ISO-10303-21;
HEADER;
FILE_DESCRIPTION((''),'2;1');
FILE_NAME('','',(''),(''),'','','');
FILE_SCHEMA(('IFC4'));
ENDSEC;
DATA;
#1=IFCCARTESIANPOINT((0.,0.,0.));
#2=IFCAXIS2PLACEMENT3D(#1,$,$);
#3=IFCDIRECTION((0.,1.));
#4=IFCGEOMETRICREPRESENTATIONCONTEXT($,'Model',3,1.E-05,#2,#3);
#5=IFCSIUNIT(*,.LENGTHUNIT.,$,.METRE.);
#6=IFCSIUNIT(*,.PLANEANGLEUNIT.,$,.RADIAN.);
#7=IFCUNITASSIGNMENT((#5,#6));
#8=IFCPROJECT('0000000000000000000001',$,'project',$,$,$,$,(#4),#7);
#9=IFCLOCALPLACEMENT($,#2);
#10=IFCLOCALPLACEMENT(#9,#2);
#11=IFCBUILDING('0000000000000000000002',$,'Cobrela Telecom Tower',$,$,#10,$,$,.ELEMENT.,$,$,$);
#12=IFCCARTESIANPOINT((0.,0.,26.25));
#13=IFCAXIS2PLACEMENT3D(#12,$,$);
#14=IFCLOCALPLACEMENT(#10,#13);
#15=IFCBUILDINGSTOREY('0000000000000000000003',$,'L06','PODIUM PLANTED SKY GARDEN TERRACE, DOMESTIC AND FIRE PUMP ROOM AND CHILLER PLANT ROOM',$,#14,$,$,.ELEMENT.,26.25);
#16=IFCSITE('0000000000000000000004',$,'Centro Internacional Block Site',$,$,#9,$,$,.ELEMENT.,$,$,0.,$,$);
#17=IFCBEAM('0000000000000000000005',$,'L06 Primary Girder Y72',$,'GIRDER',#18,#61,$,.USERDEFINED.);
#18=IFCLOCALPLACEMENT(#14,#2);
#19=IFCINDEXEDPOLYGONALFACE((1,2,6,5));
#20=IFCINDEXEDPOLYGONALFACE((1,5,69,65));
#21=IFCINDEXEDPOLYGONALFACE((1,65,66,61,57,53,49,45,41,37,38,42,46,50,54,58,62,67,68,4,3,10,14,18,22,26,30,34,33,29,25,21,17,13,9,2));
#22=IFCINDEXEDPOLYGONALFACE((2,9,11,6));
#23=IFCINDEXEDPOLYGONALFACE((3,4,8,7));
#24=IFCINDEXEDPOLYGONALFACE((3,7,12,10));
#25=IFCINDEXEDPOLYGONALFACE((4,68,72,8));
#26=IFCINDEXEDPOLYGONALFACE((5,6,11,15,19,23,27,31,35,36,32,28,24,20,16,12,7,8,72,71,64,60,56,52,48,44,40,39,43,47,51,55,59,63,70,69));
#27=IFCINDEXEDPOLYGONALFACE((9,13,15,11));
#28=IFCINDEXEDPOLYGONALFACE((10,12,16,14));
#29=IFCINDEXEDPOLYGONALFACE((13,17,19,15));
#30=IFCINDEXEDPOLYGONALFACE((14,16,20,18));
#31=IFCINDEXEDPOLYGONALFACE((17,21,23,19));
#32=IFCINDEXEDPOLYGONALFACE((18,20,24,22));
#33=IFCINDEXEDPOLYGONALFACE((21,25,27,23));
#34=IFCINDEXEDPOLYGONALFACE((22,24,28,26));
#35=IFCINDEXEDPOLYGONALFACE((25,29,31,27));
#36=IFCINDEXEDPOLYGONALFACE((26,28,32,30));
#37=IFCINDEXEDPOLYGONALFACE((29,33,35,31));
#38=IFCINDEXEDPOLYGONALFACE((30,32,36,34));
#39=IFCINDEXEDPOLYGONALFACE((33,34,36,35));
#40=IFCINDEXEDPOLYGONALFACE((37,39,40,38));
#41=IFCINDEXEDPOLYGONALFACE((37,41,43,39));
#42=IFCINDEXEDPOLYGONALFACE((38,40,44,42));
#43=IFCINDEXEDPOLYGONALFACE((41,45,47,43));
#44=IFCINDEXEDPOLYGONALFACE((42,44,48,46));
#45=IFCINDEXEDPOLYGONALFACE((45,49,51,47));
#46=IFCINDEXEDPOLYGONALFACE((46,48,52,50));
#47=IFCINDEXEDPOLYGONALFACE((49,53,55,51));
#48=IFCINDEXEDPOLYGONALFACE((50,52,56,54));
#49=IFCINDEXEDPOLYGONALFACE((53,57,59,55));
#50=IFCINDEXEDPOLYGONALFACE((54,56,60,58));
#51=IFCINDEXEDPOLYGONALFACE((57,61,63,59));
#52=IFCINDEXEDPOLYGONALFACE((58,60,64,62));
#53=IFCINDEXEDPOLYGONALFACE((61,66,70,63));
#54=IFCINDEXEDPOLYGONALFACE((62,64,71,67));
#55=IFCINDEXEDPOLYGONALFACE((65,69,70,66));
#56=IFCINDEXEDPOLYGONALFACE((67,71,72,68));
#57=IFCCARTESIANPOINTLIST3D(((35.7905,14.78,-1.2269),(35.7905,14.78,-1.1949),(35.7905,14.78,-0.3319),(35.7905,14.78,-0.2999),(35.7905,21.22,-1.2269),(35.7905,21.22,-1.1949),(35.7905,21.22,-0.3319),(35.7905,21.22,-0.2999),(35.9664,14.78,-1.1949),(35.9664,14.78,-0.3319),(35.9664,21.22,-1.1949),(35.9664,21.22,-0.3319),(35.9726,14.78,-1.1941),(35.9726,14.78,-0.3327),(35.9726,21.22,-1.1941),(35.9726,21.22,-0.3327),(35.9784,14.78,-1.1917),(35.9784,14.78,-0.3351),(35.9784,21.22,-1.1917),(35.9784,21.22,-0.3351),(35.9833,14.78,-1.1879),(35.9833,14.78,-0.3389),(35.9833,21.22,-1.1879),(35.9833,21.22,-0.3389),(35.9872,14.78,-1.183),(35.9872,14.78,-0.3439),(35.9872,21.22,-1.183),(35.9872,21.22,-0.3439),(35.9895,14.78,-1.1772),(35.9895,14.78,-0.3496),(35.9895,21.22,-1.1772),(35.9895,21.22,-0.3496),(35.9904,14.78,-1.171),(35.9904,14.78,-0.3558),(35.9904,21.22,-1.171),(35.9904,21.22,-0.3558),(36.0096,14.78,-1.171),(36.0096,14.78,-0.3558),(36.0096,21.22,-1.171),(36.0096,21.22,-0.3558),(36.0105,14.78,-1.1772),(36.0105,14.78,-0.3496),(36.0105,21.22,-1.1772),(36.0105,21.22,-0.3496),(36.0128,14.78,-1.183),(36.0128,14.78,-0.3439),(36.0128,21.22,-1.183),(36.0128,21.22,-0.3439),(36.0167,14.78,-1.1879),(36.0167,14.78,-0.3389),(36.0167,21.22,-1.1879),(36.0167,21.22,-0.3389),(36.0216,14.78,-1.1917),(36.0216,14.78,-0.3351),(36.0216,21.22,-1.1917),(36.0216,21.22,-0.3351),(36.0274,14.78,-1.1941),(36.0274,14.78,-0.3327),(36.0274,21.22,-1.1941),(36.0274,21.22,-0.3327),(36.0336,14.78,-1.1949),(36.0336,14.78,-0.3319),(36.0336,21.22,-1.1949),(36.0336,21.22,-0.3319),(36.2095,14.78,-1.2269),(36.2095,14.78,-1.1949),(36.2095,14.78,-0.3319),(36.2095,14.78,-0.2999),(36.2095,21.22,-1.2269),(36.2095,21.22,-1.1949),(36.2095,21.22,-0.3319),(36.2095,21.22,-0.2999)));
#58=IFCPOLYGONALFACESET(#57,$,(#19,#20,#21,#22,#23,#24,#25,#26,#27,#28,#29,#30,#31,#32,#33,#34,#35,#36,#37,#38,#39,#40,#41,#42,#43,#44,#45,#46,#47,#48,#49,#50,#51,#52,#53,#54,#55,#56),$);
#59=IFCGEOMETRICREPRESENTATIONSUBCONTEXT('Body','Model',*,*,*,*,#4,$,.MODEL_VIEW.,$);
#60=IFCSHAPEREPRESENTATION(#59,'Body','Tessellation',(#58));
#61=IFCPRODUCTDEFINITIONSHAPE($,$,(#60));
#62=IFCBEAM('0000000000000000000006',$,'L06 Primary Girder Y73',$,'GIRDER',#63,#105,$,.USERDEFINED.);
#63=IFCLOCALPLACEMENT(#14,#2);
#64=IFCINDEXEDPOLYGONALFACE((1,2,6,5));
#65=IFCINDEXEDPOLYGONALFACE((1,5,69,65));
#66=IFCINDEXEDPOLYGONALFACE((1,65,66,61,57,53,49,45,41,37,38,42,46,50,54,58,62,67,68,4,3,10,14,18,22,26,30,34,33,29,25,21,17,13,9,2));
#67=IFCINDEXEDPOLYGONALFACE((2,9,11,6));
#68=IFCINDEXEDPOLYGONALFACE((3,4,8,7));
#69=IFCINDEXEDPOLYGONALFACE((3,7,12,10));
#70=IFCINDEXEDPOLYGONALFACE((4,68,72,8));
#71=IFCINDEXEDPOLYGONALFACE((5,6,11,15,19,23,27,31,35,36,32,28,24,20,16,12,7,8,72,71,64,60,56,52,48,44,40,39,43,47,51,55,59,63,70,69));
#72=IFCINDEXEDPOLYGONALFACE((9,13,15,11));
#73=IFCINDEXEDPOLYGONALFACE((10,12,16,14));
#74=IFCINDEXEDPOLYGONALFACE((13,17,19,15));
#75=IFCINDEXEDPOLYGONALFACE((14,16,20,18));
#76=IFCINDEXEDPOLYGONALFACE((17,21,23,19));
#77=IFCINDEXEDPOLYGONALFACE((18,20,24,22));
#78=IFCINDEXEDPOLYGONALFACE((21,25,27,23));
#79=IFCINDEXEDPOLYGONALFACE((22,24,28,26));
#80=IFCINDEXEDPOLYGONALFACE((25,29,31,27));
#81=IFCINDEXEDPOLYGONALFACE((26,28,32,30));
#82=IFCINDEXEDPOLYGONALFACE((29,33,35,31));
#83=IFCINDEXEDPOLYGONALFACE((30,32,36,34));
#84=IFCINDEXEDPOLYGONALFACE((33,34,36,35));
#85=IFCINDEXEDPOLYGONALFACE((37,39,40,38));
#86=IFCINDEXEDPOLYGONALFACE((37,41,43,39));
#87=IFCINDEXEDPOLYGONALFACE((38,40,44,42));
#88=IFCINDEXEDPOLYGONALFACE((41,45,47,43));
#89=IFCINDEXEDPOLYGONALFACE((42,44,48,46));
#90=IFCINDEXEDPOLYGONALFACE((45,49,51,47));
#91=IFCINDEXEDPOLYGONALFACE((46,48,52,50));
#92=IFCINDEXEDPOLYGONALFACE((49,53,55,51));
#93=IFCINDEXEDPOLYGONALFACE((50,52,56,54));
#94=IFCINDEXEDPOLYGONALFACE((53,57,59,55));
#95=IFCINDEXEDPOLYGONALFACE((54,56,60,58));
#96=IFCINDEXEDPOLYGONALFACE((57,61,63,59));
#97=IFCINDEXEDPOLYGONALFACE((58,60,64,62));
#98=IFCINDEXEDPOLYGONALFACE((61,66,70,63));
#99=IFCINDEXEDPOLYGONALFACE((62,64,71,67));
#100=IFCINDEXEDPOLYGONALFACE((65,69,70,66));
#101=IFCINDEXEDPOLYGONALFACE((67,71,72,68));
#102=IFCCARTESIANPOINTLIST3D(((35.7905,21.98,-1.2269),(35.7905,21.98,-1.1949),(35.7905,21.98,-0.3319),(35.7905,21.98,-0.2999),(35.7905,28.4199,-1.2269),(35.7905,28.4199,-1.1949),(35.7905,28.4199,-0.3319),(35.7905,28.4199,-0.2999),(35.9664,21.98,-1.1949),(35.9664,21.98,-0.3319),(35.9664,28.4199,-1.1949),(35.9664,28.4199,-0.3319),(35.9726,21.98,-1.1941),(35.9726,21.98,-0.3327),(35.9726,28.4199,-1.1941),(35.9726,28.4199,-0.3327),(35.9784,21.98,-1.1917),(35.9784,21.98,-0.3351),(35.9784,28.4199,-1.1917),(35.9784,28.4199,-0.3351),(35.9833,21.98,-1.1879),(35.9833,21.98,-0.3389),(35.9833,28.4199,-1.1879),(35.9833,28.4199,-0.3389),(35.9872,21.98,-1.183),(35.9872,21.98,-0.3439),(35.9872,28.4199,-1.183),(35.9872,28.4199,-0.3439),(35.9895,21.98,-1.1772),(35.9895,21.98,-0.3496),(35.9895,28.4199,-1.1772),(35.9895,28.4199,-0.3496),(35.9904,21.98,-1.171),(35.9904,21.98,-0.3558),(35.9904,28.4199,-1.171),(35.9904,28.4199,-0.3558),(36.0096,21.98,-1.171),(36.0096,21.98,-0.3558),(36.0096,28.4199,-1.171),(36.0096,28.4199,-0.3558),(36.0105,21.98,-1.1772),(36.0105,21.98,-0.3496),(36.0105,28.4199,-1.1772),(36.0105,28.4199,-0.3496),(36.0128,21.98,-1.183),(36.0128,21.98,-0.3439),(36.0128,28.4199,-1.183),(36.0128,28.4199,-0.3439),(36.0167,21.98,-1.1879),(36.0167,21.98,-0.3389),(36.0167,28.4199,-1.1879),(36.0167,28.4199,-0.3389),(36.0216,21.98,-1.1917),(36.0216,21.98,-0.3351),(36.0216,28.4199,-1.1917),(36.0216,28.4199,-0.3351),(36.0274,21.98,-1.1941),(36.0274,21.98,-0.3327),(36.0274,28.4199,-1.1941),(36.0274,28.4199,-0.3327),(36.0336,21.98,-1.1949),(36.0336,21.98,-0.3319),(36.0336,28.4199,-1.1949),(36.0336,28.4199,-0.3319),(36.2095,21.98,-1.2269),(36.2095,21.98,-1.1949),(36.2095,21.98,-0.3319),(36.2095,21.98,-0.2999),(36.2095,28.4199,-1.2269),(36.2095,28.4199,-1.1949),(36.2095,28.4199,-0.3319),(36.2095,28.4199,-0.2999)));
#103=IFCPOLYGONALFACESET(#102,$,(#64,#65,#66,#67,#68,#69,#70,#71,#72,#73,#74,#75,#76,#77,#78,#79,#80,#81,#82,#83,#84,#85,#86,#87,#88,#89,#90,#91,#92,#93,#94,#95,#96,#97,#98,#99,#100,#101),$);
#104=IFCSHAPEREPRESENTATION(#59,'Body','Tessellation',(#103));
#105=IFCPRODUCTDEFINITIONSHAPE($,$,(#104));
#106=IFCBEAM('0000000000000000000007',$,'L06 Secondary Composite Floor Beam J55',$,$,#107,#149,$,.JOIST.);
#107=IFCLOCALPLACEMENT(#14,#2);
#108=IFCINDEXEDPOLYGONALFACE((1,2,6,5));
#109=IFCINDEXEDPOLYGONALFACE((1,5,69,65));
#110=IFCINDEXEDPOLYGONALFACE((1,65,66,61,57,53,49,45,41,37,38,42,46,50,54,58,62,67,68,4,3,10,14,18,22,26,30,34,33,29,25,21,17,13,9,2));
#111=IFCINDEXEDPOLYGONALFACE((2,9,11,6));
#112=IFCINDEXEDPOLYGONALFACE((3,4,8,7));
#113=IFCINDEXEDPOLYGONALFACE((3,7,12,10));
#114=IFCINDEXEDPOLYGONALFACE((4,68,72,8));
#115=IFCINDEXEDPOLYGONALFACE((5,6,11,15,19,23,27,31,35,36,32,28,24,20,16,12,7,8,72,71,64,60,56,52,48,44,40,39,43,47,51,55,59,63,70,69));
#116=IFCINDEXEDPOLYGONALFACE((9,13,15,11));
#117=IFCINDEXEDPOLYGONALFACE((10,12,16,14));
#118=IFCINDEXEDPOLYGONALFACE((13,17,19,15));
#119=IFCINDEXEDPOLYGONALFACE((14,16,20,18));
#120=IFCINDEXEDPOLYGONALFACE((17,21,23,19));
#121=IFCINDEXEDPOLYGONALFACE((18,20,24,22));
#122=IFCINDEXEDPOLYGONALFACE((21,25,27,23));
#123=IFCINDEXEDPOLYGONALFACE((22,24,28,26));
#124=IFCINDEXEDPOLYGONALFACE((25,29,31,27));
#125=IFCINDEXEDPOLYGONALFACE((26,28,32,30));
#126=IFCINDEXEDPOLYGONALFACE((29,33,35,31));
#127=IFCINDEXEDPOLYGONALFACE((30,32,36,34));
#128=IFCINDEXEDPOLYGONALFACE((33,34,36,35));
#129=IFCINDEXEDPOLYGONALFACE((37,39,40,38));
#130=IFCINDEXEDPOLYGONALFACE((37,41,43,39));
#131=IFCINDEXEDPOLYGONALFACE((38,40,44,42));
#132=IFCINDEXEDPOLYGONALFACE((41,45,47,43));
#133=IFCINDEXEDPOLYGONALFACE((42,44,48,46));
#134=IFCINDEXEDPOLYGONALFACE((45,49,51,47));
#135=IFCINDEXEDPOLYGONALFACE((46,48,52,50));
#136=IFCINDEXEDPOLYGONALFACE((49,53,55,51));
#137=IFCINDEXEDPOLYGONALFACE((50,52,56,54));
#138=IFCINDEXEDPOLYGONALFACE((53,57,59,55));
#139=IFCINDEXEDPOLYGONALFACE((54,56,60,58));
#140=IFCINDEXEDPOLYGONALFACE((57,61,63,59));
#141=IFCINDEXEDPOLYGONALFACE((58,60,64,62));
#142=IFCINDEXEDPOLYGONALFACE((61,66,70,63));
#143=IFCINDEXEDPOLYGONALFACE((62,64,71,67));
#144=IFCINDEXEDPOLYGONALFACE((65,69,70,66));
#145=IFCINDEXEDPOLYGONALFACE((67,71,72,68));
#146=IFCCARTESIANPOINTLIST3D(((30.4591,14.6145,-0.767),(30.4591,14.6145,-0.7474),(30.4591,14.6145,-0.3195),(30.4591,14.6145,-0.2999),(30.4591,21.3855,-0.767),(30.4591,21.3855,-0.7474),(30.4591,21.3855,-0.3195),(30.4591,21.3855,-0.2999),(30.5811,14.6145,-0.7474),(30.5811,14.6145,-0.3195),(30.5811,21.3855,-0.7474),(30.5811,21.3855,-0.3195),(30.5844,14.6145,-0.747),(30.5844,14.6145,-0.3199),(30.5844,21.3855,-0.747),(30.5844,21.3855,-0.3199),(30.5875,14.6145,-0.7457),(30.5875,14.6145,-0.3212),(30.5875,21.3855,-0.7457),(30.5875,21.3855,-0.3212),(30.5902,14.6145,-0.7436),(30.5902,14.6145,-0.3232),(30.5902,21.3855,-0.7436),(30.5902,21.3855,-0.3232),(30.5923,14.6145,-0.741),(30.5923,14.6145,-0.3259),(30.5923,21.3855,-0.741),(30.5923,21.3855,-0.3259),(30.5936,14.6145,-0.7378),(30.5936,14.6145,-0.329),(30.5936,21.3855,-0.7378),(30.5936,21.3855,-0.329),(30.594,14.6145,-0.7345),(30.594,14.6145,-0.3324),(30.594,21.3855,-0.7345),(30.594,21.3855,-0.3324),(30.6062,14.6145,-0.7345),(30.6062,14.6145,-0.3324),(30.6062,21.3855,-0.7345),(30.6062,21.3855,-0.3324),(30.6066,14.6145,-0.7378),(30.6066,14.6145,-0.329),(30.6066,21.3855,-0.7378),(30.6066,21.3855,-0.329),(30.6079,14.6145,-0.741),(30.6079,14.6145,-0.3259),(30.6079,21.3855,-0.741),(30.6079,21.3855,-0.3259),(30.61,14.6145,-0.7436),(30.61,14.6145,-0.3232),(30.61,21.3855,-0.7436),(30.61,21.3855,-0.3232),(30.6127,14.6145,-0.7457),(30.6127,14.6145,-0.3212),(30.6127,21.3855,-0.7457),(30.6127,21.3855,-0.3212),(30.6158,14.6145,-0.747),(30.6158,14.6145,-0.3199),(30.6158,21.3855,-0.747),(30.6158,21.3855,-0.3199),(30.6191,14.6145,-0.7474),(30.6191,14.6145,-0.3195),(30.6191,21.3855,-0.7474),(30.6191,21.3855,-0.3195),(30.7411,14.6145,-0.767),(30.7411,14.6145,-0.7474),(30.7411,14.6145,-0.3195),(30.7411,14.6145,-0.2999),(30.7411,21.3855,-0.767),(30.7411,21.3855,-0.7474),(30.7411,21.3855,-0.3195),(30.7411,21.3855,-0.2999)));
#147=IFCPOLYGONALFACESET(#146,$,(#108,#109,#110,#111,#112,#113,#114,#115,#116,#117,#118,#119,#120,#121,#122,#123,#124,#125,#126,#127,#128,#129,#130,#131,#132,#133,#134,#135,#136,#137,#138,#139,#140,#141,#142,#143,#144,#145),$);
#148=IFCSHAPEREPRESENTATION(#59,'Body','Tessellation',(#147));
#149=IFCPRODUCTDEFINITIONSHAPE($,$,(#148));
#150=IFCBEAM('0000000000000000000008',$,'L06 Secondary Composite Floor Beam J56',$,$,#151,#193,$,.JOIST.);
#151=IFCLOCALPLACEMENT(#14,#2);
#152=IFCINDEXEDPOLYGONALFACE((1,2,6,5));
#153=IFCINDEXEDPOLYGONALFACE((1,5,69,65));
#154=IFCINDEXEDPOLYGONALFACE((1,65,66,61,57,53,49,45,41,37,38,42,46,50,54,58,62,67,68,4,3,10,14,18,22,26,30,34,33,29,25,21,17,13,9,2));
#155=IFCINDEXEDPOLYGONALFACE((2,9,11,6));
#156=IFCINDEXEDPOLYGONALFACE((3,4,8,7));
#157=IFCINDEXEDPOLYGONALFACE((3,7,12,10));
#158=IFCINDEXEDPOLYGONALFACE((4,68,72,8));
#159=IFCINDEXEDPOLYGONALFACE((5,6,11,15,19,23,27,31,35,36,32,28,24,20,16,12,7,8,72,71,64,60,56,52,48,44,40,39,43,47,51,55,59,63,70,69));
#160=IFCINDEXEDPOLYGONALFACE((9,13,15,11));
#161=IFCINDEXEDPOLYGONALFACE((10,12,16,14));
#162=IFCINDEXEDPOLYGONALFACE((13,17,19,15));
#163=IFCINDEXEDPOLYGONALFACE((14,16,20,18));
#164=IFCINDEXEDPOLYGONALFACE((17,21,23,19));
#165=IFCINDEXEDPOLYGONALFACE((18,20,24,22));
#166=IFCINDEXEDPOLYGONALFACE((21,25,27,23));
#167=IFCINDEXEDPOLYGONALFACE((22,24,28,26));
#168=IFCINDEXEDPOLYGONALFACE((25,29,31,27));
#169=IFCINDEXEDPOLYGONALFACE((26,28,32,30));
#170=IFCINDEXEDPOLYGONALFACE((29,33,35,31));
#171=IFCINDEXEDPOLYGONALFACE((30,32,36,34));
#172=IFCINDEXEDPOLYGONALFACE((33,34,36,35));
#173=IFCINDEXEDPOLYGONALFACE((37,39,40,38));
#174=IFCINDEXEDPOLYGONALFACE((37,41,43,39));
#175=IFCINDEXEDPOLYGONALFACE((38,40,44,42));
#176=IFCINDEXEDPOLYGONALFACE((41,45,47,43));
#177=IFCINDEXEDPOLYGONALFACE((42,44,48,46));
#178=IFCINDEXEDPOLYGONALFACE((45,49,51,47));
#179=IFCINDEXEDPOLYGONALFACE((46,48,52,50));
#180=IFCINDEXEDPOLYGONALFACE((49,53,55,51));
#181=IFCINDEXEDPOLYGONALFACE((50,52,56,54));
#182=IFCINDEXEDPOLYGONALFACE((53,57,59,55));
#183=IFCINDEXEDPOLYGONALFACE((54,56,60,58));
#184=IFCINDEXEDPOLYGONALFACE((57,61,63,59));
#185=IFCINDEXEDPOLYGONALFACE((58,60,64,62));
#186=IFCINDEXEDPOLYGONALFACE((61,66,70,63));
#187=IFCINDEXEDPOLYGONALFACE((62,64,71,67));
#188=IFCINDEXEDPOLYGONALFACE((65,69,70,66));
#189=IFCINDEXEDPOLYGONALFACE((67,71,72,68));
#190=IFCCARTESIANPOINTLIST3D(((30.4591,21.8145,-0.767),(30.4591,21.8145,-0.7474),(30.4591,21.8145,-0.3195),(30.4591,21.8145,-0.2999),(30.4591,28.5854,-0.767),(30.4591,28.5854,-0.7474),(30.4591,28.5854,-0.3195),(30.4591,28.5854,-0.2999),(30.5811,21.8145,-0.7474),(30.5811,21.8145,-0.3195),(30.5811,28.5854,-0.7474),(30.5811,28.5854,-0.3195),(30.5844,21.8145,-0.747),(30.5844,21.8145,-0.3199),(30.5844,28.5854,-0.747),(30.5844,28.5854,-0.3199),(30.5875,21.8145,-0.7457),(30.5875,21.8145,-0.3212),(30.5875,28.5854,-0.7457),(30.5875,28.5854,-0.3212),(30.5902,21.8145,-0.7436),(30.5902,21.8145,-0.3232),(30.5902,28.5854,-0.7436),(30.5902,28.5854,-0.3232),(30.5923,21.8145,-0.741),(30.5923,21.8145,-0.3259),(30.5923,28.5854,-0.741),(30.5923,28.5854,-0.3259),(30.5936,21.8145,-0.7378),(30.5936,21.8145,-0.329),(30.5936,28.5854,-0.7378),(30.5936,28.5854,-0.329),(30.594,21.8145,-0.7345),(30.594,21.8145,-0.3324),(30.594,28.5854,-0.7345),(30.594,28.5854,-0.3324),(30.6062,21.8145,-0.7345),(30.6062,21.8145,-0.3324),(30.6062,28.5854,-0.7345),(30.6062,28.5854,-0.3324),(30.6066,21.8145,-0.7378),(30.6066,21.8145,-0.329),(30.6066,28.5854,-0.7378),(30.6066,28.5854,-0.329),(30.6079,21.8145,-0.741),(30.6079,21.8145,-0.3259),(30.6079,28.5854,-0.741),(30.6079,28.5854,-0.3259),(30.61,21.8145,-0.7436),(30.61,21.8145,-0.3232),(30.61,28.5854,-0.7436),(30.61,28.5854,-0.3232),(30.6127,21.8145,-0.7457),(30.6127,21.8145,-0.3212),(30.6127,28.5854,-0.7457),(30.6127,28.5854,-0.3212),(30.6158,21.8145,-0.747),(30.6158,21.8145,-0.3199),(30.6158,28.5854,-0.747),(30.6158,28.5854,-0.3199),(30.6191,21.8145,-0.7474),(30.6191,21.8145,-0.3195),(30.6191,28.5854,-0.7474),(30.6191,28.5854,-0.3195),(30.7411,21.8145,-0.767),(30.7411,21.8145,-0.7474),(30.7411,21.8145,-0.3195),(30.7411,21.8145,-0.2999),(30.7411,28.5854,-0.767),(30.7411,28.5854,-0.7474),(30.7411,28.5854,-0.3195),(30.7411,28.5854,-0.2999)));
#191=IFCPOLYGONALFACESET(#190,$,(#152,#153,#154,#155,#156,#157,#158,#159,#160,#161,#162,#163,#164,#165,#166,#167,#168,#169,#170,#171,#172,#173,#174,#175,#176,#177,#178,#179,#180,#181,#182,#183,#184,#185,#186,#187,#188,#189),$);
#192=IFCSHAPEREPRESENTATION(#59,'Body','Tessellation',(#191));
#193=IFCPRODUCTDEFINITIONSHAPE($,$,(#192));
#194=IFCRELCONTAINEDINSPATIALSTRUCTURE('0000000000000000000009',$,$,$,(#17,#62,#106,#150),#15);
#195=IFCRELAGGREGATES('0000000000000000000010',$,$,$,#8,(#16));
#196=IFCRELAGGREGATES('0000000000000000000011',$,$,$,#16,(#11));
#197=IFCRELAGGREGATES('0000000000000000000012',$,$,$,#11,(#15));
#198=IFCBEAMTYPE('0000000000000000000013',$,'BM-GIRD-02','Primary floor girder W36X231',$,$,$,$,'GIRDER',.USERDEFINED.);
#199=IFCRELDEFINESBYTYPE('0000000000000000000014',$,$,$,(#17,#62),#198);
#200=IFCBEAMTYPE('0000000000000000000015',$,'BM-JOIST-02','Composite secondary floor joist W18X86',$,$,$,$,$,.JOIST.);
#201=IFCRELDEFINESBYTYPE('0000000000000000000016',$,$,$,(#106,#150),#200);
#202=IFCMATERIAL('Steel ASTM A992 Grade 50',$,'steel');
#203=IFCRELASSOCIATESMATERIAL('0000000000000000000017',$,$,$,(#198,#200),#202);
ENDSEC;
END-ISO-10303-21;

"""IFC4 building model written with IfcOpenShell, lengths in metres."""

from ifc_helpers import new_model, si_unit, direction, frame, origin, origin_2d, place, context, subcontext, project, spatial, i_section, extrude, material, material_profile, profile_set, type_object, element, save


model = new_model("IFC4")

# Units and contexts
model_context = context("Model", 3, precision=1e-05, world=origin(), true_north=direction((0.0, 1.0)))
body_context = subcontext(model_context, "Body", "Model", "MODEL_VIEW")
ifc_project = project(units=[si_unit("LENGTHUNIT", "METRE"), si_unit("PLANEANGLEUNIT", "RADIAN")], contexts=[model_context])

# Site, building, storey
site_placement = place(None, origin())
site = spatial("IfcSite", under=ifc_project, at=site_placement, Name="Centro Internacional Block Site", CompositionType="ELEMENT", RefElevation=0.0)
building_placement = place(site_placement, origin())
building = spatial("IfcBuilding", under=site, at=building_placement, Name="Cobrela Telecom Tower", CompositionType="ELEMENT")
storey_placement = place(building_placement, frame((0.0, 0.0, 26.25)))
storey = spatial("IfcBuildingStorey", under=building, at=storey_placement, Name="L06", Description="PODIUM PLANTED SKY GARDEN TERRACE, DOMESTIC AND FIRE PUMP ROOM AND CHILLER PLANT ROOM", CompositionType="ELEMENT", Elevation=26.25)

# Beams
ifc_material_1 = material(Name="Steel ASTM A992 Grade 50", Category="steel")
ifc_material_profile_1 = material_profile(ifc_material_1, i_section(OverallWidth=0.4189, OverallDepth=0.927, WebThickness=0.0193, FlangeThickness=0.032, FilletRadius=0.0239, at=origin_2d()), Name="W36X231")
ifc_profile_set_1 = profile_set([ifc_material_profile_1], Name="Steel ASTM A992 Grade 50")
beam_type_1 = type_object("IfcBeamType", Name="BM-GIRD-02", Description="Primary floor girder W36X231", ElementType="GIRDER", PredefinedType="USERDEFINED", material=ifc_profile_set_1)
for number, where, z_axis, x_axis, name in (
    (1, (36.0, 14.78, -0.7634), (0.0, 1.0, 0.0), (-1.0, 0.0, 0.0), "L06 Primary Girder Y72"),
    (2, (36.0, 21.98, -0.7634), (0.0, 1.0, 0.0), (-1.0, 0.0, 0.0), "L06 Primary Girder Y73"),
):
    element("IfcBeam", number, at=place(storey_placement, frame(where, z_axis=z_axis, x_axis=x_axis)), inside=storey, type_object=beam_type_1, Name=name, ObjectType="GIRDER", PredefinedType="USERDEFINED", context=body_context, shape_type="SweptSolid", body=[
        extrude(i_section(OverallWidth=0.4189, OverallDepth=0.927, WebThickness=0.0193, FlangeThickness=0.032, FilletRadius=0.0239, at=origin_2d()), origin(), (0.0, 0.0, 1.0), 6.4399),
    ])
ifc_material_profile_2 = material_profile(ifc_material_1, i_section(OverallWidth=0.282, OverallDepth=0.467, WebThickness=0.0122, FlangeThickness=0.0195, FilletRadius=0.0129, at=origin_2d()), Name="W18X86")
ifc_profile_set_2 = profile_set([ifc_material_profile_2], Name="Steel ASTM A992 Grade 50")
beam_type_2 = type_object("IfcBeamType", Name="BM-JOIST-02", Description="Composite secondary floor joist W18X86", PredefinedType="JOIST", material=ifc_profile_set_2)
for number, where, z_axis, x_axis, name in (
    (3, (30.6001, 14.6145, -0.5334), (0.0, 1.0, 0.0), (-1.0, 0.0, 0.0), "L06 Secondary Composite Floor Beam J55"),
    (4, (30.6001, 21.8145, -0.5334), (0.0, 1.0, 0.0), (-1.0, 0.0, 0.0), "L06 Secondary Composite Floor Beam J56"),
):
    element("IfcBeam", number, at=place(storey_placement, frame(where, z_axis=z_axis, x_axis=x_axis)), inside=storey, type_object=beam_type_2, Name=name, PredefinedType="JOIST", context=body_context, shape_type="SweptSolid", body=[
        extrude(i_section(OverallWidth=0.282, OverallDepth=0.467, WebThickness=0.0122, FlangeThickness=0.0195, FilletRadius=0.0129, at=origin_2d()), origin(), (0.0, 0.0, 1.0), 6.771),
    ])

save(model, "model.ifc")
